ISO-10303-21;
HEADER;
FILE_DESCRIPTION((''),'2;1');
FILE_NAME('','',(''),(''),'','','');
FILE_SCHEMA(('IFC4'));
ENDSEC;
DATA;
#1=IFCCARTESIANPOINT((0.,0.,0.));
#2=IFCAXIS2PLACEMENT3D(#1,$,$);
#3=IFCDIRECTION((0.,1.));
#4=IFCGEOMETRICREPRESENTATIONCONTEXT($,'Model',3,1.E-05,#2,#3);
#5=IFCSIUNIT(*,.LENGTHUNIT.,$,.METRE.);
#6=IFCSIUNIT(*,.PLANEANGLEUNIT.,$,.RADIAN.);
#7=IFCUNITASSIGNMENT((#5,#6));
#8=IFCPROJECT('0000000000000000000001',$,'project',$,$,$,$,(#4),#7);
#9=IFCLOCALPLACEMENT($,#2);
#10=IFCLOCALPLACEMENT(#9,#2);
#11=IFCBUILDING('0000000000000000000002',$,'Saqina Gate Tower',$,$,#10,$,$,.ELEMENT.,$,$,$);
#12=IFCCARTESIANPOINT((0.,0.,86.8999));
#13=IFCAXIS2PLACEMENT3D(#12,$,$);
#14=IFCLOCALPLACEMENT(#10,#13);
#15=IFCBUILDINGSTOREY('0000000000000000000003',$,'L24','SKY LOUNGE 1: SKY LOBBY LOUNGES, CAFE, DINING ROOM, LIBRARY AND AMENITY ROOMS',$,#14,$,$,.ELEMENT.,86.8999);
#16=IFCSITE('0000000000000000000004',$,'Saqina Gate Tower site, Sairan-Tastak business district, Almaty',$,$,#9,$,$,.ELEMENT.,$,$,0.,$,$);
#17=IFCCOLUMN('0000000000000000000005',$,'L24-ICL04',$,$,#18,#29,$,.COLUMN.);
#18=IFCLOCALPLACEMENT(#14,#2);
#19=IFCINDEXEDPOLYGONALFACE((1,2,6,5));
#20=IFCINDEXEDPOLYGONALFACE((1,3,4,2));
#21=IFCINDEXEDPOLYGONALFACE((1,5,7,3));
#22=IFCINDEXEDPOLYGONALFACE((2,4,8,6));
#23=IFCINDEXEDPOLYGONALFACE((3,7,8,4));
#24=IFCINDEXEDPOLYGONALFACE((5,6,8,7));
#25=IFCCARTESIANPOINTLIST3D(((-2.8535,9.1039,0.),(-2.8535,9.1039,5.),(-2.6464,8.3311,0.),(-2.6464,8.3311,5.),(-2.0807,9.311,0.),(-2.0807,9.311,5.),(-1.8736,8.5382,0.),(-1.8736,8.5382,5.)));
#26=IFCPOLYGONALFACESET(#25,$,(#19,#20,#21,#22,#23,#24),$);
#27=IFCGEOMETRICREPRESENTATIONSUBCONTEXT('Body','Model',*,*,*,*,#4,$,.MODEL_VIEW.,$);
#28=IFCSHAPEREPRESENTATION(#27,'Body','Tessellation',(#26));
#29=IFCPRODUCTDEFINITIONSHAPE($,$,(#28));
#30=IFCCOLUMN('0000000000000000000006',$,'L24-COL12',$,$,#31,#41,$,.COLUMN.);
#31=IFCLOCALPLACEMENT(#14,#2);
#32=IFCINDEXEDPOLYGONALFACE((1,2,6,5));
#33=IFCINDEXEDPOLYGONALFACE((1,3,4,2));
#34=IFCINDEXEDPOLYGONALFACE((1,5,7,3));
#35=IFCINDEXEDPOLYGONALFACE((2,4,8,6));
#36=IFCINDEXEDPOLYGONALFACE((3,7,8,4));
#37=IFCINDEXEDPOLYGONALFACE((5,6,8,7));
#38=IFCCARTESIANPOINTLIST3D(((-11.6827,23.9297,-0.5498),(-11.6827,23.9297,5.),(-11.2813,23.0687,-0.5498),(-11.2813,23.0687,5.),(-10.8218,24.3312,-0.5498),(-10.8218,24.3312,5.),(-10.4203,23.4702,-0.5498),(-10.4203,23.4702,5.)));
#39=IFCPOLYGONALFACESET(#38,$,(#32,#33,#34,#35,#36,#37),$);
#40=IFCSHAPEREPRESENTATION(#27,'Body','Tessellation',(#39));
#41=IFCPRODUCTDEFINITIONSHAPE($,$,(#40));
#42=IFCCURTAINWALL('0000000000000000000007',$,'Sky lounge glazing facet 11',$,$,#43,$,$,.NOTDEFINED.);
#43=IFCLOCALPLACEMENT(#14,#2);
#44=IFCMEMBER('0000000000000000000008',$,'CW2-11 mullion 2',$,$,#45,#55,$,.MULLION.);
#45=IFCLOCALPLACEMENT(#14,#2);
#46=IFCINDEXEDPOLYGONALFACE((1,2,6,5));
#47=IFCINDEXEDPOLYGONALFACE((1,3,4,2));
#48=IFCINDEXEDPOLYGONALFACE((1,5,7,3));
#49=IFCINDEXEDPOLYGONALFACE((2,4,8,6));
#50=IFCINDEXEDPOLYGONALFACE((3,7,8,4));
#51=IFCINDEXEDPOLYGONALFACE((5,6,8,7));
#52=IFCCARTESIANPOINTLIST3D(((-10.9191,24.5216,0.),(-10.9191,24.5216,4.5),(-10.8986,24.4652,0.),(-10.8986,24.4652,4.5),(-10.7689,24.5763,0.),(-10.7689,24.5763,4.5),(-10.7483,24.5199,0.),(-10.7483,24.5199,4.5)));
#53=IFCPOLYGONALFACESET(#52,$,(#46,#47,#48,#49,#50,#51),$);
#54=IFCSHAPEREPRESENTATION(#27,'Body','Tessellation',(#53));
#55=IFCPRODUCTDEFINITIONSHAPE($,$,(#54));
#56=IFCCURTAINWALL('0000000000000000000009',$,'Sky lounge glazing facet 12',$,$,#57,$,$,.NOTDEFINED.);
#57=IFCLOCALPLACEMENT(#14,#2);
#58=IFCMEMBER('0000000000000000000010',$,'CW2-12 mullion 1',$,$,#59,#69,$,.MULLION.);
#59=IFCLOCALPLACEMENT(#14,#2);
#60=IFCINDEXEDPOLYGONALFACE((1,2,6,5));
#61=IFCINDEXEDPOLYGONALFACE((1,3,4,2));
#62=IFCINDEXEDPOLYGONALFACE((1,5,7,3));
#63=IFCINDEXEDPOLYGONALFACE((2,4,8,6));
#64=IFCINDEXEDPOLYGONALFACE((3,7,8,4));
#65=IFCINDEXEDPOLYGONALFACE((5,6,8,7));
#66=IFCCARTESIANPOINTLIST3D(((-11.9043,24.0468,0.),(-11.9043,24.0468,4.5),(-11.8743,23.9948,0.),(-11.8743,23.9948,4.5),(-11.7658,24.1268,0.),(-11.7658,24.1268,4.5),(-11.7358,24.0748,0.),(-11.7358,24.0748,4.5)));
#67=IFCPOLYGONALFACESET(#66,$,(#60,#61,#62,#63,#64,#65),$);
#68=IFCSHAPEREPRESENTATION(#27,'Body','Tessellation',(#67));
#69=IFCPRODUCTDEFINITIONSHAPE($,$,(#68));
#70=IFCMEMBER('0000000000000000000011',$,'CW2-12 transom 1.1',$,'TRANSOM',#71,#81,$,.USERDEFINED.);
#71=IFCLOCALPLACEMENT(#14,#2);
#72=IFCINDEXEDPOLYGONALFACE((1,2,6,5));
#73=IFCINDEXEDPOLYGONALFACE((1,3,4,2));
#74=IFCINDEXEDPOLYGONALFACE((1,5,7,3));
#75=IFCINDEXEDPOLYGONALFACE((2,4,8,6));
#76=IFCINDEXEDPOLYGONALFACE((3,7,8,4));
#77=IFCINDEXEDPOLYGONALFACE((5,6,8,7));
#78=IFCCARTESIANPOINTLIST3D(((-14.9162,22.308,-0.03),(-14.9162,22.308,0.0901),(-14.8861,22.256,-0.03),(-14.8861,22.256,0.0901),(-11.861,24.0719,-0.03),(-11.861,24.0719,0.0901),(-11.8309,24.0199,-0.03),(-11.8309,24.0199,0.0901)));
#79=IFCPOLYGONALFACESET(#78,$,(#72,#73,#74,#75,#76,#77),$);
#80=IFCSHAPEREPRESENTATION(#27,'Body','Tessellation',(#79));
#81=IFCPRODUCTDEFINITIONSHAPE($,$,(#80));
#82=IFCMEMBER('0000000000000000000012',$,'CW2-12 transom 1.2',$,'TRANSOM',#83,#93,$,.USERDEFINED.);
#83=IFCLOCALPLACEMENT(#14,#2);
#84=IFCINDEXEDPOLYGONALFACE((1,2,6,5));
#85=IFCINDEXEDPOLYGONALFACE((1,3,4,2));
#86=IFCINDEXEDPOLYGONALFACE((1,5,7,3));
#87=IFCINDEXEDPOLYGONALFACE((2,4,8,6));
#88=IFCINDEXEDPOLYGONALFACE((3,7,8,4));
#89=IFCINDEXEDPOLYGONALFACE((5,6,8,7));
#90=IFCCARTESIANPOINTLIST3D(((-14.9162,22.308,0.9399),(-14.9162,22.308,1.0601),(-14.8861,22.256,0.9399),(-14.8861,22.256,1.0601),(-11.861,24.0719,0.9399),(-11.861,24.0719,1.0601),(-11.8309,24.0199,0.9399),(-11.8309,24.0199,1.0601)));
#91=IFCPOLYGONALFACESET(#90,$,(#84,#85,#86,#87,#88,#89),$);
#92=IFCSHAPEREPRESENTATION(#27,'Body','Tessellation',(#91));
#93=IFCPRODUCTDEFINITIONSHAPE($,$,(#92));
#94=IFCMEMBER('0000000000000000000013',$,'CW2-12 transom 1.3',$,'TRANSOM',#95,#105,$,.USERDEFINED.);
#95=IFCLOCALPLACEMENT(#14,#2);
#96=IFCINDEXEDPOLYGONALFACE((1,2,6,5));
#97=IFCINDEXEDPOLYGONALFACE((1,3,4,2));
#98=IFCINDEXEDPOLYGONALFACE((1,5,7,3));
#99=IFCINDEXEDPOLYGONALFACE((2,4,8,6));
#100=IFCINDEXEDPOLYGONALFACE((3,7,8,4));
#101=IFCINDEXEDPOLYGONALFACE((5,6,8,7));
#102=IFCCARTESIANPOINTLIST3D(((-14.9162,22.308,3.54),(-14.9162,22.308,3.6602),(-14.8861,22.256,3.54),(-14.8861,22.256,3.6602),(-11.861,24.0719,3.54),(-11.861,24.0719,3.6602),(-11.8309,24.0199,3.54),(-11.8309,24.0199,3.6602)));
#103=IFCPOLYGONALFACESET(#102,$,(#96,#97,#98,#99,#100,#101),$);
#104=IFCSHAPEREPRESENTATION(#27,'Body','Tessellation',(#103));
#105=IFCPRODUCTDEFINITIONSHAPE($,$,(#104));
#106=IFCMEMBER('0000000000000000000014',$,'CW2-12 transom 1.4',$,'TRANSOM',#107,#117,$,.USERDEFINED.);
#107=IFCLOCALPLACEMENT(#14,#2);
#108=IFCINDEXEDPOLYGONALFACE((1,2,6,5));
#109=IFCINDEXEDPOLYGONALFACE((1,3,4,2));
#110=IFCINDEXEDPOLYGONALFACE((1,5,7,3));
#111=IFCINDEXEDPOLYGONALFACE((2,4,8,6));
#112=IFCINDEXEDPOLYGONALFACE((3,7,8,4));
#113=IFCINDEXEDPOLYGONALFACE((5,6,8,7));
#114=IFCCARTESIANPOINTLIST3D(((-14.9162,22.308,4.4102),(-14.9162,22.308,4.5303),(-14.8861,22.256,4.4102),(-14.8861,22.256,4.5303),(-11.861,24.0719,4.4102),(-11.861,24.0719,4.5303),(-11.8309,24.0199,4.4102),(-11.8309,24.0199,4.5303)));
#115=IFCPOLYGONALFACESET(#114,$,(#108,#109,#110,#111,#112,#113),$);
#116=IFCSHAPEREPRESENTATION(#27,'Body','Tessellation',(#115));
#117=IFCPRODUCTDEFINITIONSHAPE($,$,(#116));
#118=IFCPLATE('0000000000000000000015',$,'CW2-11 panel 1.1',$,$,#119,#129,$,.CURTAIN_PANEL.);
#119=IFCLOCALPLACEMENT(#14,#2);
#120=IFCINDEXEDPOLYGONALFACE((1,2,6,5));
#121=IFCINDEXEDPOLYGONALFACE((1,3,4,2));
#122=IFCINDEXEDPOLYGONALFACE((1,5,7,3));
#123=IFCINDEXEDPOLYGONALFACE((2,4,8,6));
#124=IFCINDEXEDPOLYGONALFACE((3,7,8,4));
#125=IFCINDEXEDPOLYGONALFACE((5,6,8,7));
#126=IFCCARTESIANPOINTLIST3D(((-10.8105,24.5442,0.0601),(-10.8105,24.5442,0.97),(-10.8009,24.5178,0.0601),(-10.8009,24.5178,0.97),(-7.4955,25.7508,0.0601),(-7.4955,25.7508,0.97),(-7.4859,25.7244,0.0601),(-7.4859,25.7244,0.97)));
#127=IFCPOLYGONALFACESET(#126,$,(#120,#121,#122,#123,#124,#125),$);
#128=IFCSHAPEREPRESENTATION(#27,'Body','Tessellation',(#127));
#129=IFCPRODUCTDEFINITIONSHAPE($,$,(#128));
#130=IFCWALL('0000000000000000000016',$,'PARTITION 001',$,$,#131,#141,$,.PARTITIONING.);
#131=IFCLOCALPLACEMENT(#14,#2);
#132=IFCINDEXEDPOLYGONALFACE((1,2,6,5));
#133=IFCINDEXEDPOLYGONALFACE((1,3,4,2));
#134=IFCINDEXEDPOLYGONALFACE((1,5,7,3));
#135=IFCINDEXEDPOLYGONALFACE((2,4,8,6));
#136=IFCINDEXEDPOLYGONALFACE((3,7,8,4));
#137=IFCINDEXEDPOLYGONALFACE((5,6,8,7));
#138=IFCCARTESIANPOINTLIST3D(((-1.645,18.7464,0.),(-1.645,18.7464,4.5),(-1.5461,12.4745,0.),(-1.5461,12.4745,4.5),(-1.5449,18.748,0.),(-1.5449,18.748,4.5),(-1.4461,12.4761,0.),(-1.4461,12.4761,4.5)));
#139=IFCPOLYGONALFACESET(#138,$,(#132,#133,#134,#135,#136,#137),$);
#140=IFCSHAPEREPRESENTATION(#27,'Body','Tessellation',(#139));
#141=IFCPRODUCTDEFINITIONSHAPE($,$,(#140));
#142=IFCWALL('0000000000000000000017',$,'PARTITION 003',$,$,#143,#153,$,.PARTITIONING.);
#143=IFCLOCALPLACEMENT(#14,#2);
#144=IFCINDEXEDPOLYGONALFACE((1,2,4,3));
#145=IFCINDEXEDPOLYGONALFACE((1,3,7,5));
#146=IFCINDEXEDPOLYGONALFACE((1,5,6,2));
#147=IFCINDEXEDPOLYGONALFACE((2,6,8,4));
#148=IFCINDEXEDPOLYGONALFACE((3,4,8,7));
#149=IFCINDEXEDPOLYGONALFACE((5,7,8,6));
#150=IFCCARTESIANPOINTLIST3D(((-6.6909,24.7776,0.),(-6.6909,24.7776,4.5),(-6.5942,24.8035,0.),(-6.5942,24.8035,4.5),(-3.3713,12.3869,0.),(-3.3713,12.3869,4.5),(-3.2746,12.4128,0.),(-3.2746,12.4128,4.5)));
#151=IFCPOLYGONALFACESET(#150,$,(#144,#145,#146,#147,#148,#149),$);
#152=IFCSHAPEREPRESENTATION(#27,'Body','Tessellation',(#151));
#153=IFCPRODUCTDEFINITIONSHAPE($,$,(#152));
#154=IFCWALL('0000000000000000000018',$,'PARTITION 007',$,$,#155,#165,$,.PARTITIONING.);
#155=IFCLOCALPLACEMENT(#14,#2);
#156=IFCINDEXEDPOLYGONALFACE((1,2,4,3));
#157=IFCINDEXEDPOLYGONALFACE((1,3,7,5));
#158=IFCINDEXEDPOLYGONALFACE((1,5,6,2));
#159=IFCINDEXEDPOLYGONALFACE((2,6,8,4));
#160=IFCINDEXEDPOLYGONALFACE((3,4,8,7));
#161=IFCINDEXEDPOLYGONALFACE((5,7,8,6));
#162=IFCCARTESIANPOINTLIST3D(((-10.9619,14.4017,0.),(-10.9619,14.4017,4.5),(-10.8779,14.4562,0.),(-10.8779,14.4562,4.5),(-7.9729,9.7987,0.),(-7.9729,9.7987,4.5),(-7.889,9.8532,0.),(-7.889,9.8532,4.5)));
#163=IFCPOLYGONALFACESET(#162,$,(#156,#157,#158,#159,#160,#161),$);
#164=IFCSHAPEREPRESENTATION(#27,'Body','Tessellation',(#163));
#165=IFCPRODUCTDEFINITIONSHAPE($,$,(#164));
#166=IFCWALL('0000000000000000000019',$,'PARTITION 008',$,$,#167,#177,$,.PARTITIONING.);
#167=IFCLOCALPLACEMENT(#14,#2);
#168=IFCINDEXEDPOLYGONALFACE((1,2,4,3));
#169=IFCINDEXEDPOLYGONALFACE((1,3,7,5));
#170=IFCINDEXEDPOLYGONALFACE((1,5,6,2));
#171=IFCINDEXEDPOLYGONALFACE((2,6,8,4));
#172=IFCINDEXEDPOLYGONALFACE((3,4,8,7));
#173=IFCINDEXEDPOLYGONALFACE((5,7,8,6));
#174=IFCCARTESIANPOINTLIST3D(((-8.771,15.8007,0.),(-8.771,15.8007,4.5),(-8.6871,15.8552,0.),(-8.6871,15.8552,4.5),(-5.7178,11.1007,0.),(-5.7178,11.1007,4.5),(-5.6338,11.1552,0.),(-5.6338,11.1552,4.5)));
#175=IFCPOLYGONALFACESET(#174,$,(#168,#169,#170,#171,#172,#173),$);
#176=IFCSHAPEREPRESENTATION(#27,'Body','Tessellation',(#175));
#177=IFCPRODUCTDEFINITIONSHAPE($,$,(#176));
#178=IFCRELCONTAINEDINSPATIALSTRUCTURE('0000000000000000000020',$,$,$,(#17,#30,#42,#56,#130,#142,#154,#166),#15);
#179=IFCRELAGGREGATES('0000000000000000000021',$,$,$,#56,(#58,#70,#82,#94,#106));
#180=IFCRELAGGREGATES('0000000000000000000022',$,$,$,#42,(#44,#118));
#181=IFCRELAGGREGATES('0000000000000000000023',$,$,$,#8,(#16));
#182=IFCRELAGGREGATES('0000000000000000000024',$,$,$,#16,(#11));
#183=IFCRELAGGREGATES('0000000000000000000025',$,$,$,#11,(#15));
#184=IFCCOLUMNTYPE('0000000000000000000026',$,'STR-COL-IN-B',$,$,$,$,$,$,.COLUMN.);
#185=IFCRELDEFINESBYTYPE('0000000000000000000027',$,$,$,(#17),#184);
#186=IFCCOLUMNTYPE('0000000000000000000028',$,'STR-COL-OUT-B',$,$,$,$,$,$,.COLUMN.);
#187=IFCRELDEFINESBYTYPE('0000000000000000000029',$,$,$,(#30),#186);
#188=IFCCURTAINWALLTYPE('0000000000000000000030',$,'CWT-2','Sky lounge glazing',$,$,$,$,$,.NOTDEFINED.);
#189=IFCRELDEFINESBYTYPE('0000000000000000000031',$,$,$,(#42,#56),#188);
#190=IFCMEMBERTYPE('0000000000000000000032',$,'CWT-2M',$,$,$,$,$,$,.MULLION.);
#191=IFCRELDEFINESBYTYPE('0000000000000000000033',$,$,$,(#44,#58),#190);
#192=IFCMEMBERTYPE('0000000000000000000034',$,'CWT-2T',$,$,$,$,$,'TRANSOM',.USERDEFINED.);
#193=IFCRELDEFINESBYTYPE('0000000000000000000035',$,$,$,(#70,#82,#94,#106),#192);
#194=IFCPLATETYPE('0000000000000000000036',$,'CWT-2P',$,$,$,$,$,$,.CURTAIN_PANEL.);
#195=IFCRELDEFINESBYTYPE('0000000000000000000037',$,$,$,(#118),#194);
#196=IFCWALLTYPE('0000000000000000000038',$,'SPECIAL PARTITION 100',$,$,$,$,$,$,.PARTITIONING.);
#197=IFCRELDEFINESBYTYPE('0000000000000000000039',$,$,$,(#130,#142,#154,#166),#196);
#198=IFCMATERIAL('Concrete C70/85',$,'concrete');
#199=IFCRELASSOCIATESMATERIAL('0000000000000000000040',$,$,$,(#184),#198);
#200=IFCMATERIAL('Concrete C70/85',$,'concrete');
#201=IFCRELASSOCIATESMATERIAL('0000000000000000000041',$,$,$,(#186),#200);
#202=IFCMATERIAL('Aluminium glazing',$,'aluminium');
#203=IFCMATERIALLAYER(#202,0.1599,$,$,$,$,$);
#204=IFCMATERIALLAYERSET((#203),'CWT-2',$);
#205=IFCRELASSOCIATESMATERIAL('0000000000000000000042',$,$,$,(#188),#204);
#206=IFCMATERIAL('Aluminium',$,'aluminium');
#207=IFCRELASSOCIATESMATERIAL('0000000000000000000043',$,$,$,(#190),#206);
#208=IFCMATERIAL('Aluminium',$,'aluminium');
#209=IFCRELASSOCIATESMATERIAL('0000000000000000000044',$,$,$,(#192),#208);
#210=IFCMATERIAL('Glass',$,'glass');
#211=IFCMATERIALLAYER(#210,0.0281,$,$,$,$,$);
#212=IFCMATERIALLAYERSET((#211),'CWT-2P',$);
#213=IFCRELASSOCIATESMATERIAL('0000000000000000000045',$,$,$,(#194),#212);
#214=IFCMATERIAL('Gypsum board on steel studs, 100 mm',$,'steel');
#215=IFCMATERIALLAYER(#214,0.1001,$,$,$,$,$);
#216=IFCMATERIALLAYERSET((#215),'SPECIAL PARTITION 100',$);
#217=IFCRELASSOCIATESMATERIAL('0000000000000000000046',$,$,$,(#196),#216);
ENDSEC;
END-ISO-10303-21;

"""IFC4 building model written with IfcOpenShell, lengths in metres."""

from ifc_helpers import new_model, si_unit, direction, frame, frame_2d, origin, origin_2d, place, context, subcontext, project, spatial, rectangle, extrude, material, layer, layer_set, material_profile, profile_set, type_object, element, aggregate, save


model = new_model("IFC4")

# Units and contexts
model_context = context("Model", 3, precision=1e-05, world=origin(), true_north=direction((0.0, 1.0)))
body_context = subcontext(model_context, "Body", "Model", "MODEL_VIEW")
ifc_project = project(units=[si_unit("LENGTHUNIT", "METRE"), si_unit("PLANEANGLEUNIT", "RADIAN")], contexts=[model_context])

# Site, building, storey
site_placement = place(None, origin())
site = spatial("IfcSite", under=ifc_project, at=site_placement, Name="Saqina Gate Tower site, Sairan-Tastak business district, Almaty", CompositionType="ELEMENT", RefElevation=0.0)
building_placement = place(site_placement, origin())
building = spatial("IfcBuilding", under=site, at=building_placement, Name="Saqina Gate Tower", CompositionType="ELEMENT")
storey_placement = place(building_placement, frame((0.0, 0.0, 86.8999)))
storey = spatial("IfcBuildingStorey", under=building, at=storey_placement, Name="L24", Description="SKY LOUNGE 1: SKY LOBBY LOUNGES, CAFE, DINING ROOM, LIBRARY AND AMENITY ROOMS", CompositionType="ELEMENT", Elevation=86.8999)

# Columns
ifc_material_1 = material(Name="Concrete C70/85", Category="concrete")
ifc_material_profile_1 = material_profile(ifc_material_1, rectangle(XDim=0.8, YDim=0.8, at=origin_2d()), Name="RC 800x800")
ifc_profile_set_1 = profile_set([ifc_material_profile_1], Name="Concrete C70/85")
column_type_1 = type_object("IfcColumnType", Name="STR-COL-IN-B", PredefinedType="COLUMN", material=ifc_profile_set_1)
column_1_placement = place(storey_placement, frame((-2.3635, 8.821, 0.0), z_axis=(0.0, 0.0, 1.0), x_axis=(-0.258819, 0.965926, 0.0)))
element("IfcColumn", 1, at=column_1_placement, inside=storey, type_object=column_type_1, Name="L24-ICL04", PredefinedType="COLUMN", context=body_context, shape_type="SweptSolid", body=[
    extrude(rectangle(XDim=0.8, YDim=0.8, at=origin_2d()), origin(), (0.0, 0.0, 1.0), 5.0),
])
ifc_material_2 = material(Name="Concrete C70/85", Category="concrete")
ifc_material_profile_2 = material_profile(ifc_material_2, rectangle(XDim=0.95, YDim=0.95, at=origin_2d()), Name="RC 950x950")
ifc_profile_set_2 = profile_set([ifc_material_profile_2], Name="Concrete C70/85")
column_type_2 = type_object("IfcColumnType", Name="STR-COL-OUT-B", PredefinedType="COLUMN", material=ifc_profile_set_2)
column_2_placement = place(storey_placement, frame((-11.0515, 23.7, -0.5498), z_axis=(0.0, 0.0, 1.0), x_axis=(-0.422618, 0.906308, 0.0)))
element("IfcColumn", 2, at=column_2_placement, inside=storey, type_object=column_type_2, Name="L24-COL12", PredefinedType="COLUMN", context=body_context, shape_type="SweptSolid", body=[
    extrude(rectangle(XDim=0.95, YDim=0.95, at=origin_2d()), origin(), (0.0, 0.0, 1.0), 5.5498),
])

# Curtain wall, member
ifc_material_3 = material(Name="Aluminium glazing", Category="aluminium")
ifc_layer_1 = layer(ifc_material_3, 0.1599)
ifc_layer_set_1 = layer_set([ifc_layer_1], Name="CWT-2")
curtain_wall_type = type_object("IfcCurtainWallType", Name="CWT-2", Description="Sky lounge glazing", PredefinedType="NOTDEFINED", material=ifc_layer_set_1)
curtain_wall_1_placement = place(storey_placement, origin())
curtain_wall_1 = element("IfcCurtainWall", 3, at=curtain_wall_1_placement, inside=storey, type_object=curtain_wall_type, Name="Sky lounge glazing facet 11", PredefinedType="NOTDEFINED")
ifc_material_4 = material(Name="Aluminium", Category="aluminium")
ifc_material_profile_3 = material_profile(ifc_material_4, rectangle(XDim=0.0601, YDim=0.1599, at=origin_2d()), Name="Aluminium 60x160")
ifc_profile_set_3 = profile_set([ifc_material_profile_3], Name="Aluminium")
member_type_1 = type_object("IfcMemberType", Name="CWT-2M", PredefinedType="MULLION", material=ifc_profile_set_3)
member_1_placement = place(storey_placement, frame((-10.8337, 24.5208, 0.0), z_axis=(0.0, 0.0, 1.0), x_axis=(0.342016, -0.939694, 0.0)))
member_1 = element("IfcMember", 4, at=member_1_placement, type_object=member_type_1, Name="CW2-11 mullion 2", PredefinedType="MULLION", context=body_context, shape_type="SweptSolid", body=[
    extrude(rectangle(XDim=0.0601, YDim=0.1599, at=origin_2d()), origin(), (0.0, 0.0, 1.0), 4.5),
])

# Curtain wall, members
curtain_wall_2_placement = place(storey_placement, origin())
curtain_wall_2 = element("IfcCurtainWall", 5, at=curtain_wall_2_placement, inside=storey, type_object=curtain_wall_type, Name="Sky lounge glazing facet 12", PredefinedType="NOTDEFINED")
member_2_placement = place(storey_placement, frame((-11.8201, 24.0608, 0.0), z_axis=(0.0, 0.0, 1.0), x_axis=(0.499999, -0.866026, 0.0)))
member_2 = element("IfcMember", 6, at=member_2_placement, type_object=member_type_1, Name="CW2-12 mullion 1", PredefinedType="MULLION", context=body_context, shape_type="SweptSolid", body=[
    extrude(rectangle(XDim=0.0601, YDim=0.1599, at=origin_2d()), origin(), (0.0, 0.0, 1.0), 4.5),
])
ifc_material_5 = material(Name="Aluminium", Category="aluminium")
ifc_material_profile_4 = material_profile(ifc_material_5, rectangle(XDim=0.0601, YDim=0.1201, at=origin_2d()), Name="Aluminium 60x120")
ifc_profile_set_4 = profile_set([ifc_material_profile_4], Name="Aluminium")
member_type_2 = type_object("IfcMemberType", Name="CWT-2T", ElementType="TRANSOM", PredefinedType="USERDEFINED", material=ifc_profile_set_4)
member_3_placement = place(storey_placement, frame((-11.8459, 24.0459, 0.03), z_axis=(-0.866024, -0.500002, 0.0), x_axis=(0.500002, -0.866024, 0.0)))
member_3 = element("IfcMember", 7, at=member_3_placement, type_object=member_type_2, Name="CW2-12 transom 1.1", ObjectType="TRANSOM", PredefinedType="USERDEFINED", context=body_context, shape_type="SweptSolid", body=[
    extrude(rectangle(XDim=0.0601, YDim=0.1201, at=origin_2d()), origin(), (0.0, 0.0, 1.0), 3.5278),
])
member_4_placement = place(storey_placement, frame((-11.8459, 24.0459, 1.0), z_axis=(-0.866024, -0.500002, 0.0), x_axis=(0.500002, -0.866024, 0.0)))
member_4 = element("IfcMember", 8, at=member_4_placement, type_object=member_type_2, Name="CW2-12 transom 1.2", ObjectType="TRANSOM", PredefinedType="USERDEFINED", context=body_context, shape_type="SweptSolid", body=[
    extrude(rectangle(XDim=0.0601, YDim=0.1201, at=origin_2d()), origin(), (0.0, 0.0, 1.0), 3.5278),
])
member_5_placement = place(storey_placement, frame((-11.8459, 24.0459, 3.6001), z_axis=(-0.866024, -0.500002, 0.0), x_axis=(0.500002, -0.866024, 0.0)))
member_5 = element("IfcMember", 9, at=member_5_placement, type_object=member_type_2, Name="CW2-12 transom 1.3", ObjectType="TRANSOM", PredefinedType="USERDEFINED", context=body_context, shape_type="SweptSolid", body=[
    extrude(rectangle(XDim=0.0601, YDim=0.1201, at=origin_2d()), origin(), (0.0, 0.0, 1.0), 3.5278),
])
member_6_placement = place(storey_placement, frame((-11.8459, 24.0459, 4.4702), z_axis=(-0.866024, -0.500002, 0.0), x_axis=(0.500002, -0.866024, 0.0)))
member_6 = element("IfcMember", 10, at=member_6_placement, type_object=member_type_2, Name="CW2-12 transom 1.4", ObjectType="TRANSOM", PredefinedType="USERDEFINED", context=body_context, shape_type="SweptSolid", body=[
    extrude(rectangle(XDim=0.0601, YDim=0.1201, at=origin_2d()), origin(), (0.0, 0.0, 1.0), 3.5278),
])
aggregate(curtain_wall_2, [member_2, member_3, member_4, member_5, member_6])

# Plate
ifc_material_6 = material(Name="Glass", Category="glass")
ifc_layer_2 = layer(ifc_material_6, 0.0281)
ifc_layer_set_2 = layer_set([ifc_layer_2], Name="CWT-2P")
plate_type = type_object("IfcPlateType", Name="CWT-2P", PredefinedType="CURTAIN_PANEL", material=ifc_layer_set_2)
plate_placement = place(storey_placement, frame((-9.1482, 25.1343, 0.0601), z_axis=(0.0, 0.0, 1.0), x_axis=(-0.939694, -0.342016, 0.0)))
plate = element("IfcPlate", 11, at=plate_placement, type_object=plate_type, Name="CW2-11 panel 1.1", PredefinedType="CURTAIN_PANEL", context=body_context, shape_type="SweptSolid", body=[
    extrude(rectangle(XDim=3.5278, YDim=0.0281, at=origin_2d()), origin(), (0.0, 0.0, 1.0), 0.9099),
])
aggregate(curtain_wall_1, [member_1, plate])

# Walls
ifc_material_7 = material(Name="Gypsum board on steel studs, 100 mm", Category="steel")
ifc_layer_3 = layer(ifc_material_7, 0.1001)
ifc_layer_set_3 = layer_set([ifc_layer_3], Name="SPECIAL PARTITION 100")
wall_type_1 = type_object("IfcWallType", Name="SPECIAL PARTITION 100", PredefinedType="PARTITIONING", material=ifc_layer_set_3)
wall_1_placement = place(storey_placement, frame((-1.595, 18.7471, 0.0), z_axis=(0.0, 0.0, 1.0), x_axis=(0.015763, -0.999876, 0.0)))
element("IfcWall", 12, at=wall_1_placement, inside=storey, type_object=wall_type_1, Name="PARTITION 001", PredefinedType="PARTITIONING", context=body_context, shape_type="SweptSolid", body=[
    extrude(rectangle(XDim=6.2727, YDim=0.1001, at=frame_2d((3.1362, 0.0))), origin(), (0.0, 0.0, 1.0), 4.5),
])
wall_2_placement = place(storey_placement, frame((-6.6426, 24.7905, 0.0), z_axis=(0.0, 0.0, 1.0), x_axis=(0.258784, -0.965935, 0.0)))
element("IfcWall", 13, at=wall_2_placement, inside=storey, type_object=wall_type_1, Name="PARTITION 003", PredefinedType="PARTITIONING", context=body_context, shape_type="SweptSolid", body=[
    extrude(rectangle(XDim=12.8276, YDim=0.1001, at=frame_2d((6.4138, 0.0))), origin(), (0.0, 0.0, 1.0), 4.5),
])
wall_3_placement = place(storey_placement, frame((-10.9199, 14.429, 0.0), z_axis=(0.0, 0.0, 1.0), x_axis=(0.54461, -0.838689, 0.0)))
element("IfcWall", 14, at=wall_3_placement, inside=storey, type_object=wall_type_1, Name="PARTITION 007", PredefinedType="PARTITIONING", context=body_context, shape_type="SweptSolid", body=[
    extrude(rectangle(XDim=5.4883, YDim=0.1001, at=frame_2d((2.7441, 0.0))), origin(), (0.0, 0.0, 1.0), 4.5),
])
wall_4_placement = place(storey_placement, frame((-8.729, 15.8279, 0.0), z_axis=(0.0, 0.0, 1.0), x_axis=(0.544769, -0.838586, 0.0)))
element("IfcWall", 15, at=wall_4_placement, inside=storey, type_object=wall_type_1, Name="PARTITION 008", PredefinedType="PARTITIONING", context=body_context, shape_type="SweptSolid", body=[
    extrude(rectangle(XDim=5.6047, YDim=0.1001, at=frame_2d((2.8022, 0.0))), origin(), (0.0, 0.0, 1.0), 4.5),
])

save(model, "model.ifc")
